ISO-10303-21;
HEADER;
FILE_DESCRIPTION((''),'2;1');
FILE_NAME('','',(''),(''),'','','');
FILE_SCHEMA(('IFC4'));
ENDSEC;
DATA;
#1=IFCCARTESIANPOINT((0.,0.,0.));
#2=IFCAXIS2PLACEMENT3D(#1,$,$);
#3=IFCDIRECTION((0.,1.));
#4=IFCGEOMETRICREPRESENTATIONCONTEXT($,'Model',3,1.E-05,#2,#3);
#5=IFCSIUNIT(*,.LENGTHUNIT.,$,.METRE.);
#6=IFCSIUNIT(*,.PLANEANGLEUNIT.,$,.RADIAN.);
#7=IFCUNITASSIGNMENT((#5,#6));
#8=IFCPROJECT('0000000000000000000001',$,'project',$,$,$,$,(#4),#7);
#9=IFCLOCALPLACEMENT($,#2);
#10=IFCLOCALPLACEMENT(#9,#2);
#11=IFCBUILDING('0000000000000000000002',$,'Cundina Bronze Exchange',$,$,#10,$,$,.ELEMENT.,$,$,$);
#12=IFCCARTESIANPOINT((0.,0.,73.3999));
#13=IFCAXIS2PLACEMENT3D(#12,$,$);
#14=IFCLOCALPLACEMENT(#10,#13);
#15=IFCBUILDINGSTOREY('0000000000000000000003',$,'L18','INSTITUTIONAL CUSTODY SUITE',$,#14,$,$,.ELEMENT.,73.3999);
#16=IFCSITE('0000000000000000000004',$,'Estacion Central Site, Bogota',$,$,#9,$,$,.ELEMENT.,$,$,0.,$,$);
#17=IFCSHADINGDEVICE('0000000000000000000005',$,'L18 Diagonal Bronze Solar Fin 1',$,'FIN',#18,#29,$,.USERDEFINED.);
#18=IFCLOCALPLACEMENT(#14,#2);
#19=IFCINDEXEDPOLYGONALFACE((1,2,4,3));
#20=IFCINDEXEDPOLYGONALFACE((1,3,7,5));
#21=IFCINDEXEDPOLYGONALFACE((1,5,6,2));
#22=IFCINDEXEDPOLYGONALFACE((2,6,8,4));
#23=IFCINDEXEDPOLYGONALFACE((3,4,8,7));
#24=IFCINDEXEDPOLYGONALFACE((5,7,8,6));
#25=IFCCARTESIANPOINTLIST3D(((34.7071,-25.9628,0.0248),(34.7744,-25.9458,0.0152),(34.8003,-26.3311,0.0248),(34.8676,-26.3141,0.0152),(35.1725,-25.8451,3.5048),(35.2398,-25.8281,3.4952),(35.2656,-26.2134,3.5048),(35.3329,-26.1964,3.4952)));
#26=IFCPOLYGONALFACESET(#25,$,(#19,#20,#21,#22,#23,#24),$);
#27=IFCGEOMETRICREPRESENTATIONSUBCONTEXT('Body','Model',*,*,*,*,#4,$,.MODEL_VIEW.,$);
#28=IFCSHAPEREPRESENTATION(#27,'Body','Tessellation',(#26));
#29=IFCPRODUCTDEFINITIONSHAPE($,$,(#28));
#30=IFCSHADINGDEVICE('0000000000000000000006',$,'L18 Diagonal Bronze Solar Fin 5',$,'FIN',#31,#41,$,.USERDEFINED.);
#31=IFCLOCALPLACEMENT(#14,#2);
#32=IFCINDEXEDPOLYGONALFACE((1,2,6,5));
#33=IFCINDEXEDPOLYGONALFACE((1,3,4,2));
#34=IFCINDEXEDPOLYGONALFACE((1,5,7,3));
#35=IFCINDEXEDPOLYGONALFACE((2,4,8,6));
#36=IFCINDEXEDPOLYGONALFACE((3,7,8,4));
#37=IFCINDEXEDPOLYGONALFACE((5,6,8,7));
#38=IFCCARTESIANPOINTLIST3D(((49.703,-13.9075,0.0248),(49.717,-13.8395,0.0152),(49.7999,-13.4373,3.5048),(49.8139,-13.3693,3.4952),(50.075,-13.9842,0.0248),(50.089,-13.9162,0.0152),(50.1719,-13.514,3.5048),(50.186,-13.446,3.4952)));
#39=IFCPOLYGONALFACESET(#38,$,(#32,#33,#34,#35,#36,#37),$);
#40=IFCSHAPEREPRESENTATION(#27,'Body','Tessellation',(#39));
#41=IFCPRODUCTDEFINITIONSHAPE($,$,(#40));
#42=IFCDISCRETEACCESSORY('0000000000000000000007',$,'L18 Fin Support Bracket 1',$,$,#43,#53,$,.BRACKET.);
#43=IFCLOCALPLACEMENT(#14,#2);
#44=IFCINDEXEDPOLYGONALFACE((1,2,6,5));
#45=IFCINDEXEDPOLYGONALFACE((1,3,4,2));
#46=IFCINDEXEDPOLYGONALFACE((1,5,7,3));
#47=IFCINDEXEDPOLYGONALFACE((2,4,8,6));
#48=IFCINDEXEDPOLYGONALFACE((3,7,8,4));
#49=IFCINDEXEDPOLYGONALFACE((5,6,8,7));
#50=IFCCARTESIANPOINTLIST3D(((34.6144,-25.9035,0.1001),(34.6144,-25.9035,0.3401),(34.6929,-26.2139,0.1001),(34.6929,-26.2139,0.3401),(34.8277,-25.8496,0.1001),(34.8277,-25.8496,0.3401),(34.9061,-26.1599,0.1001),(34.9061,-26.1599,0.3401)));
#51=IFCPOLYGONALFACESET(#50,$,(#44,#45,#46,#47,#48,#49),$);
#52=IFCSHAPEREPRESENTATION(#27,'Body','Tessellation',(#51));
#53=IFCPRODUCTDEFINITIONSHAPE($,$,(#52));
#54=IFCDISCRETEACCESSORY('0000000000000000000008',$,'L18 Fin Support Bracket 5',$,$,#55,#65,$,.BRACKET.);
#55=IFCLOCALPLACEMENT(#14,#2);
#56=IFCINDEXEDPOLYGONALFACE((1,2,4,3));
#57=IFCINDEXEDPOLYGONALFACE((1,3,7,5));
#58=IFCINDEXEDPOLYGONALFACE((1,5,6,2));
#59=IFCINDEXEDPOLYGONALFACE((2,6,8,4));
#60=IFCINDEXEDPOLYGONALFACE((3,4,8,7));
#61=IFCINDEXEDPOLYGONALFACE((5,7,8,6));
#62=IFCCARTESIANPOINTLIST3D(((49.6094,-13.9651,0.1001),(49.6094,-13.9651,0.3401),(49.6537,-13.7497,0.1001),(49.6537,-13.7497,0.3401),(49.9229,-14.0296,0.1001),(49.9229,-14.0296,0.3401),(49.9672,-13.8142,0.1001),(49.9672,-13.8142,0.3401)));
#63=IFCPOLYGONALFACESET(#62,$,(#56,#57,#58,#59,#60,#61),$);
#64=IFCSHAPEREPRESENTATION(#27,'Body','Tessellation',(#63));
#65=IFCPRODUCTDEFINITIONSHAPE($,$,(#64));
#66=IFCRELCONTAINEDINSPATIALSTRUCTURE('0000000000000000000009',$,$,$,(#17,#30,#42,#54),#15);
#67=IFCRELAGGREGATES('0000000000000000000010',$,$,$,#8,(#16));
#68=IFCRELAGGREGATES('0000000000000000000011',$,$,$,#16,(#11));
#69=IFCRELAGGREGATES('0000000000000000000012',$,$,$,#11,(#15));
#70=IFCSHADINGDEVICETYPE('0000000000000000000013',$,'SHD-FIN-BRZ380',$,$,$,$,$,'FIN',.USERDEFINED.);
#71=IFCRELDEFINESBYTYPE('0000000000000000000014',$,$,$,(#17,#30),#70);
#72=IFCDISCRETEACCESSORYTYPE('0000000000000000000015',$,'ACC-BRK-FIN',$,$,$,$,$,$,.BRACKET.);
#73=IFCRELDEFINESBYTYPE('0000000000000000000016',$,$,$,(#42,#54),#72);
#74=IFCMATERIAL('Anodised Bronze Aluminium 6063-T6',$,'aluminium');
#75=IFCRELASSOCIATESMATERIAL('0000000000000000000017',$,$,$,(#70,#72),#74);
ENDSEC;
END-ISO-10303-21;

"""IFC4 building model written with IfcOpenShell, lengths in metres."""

from ifc_helpers import new_model, si_unit, direction, frame, origin, origin_2d, place, context, subcontext, project, spatial, rectangle, extrude, material, material_profile, profile_set, type_object, element, save


model = new_model("IFC4")

# Units and contexts
model_context = context("Model", 3, precision=1e-05, world=origin(), true_north=direction((0.0, 1.0)))
body_context = subcontext(model_context, "Body", "Model", "MODEL_VIEW")
ifc_project = project(units=[si_unit("LENGTHUNIT", "METRE"), si_unit("PLANEANGLEUNIT", "RADIAN")], contexts=[model_context])

# Site, building, storey
site_placement = place(None, origin())
site = spatial("IfcSite", under=ifc_project, at=site_placement, Name="Estacion Central Site, Bogota", CompositionType="ELEMENT", RefElevation=0.0)
building_placement = place(site_placement, origin())
building = spatial("IfcBuilding", under=site, at=building_placement, Name="Cundina Bronze Exchange", CompositionType="ELEMENT")
storey_placement = place(building_placement, frame((0.0, 0.0, 73.3999)))
storey = spatial("IfcBuildingStorey", under=building, at=storey_placement, Name="L18", Description="INSTITUTIONAL CUSTODY SUITE", CompositionType="ELEMENT", Elevation=73.3999)

# Shared definitions
ifc_material_1 = material(Name="Anodised Bronze Aluminium 6063-T6", Category="aluminium")

# Shading devices
ifc_material_profile_1 = material_profile(ifc_material_1, rectangle(XDim=0.0701, YDim=0.3799, at=origin_2d()), Name="FIN70X380", Category="aluminium")
ifc_profile_set_1 = profile_set([ifc_material_profile_1], Name="Anodised Bronze Aluminium 6063-T6")
shading_device_type = type_object("IfcShadingDeviceType", Name="SHD-FIN-BRZ380", ElementType="FIN", PredefinedType="USERDEFINED", material=ifc_profile_set_1)
for number, where, z_axis, x_axis, name in (
    (1, (34.7874, -26.1384, 0.02), (0.132463, 0.033498, 0.990622), (-0.960389, -0.242868, 0.136633), "L18 Diagonal Bronze Solar Fin 1"),
    (2, (49.896, -13.9119, 0.02), (0.027591, 0.133852, 0.990617), (-0.199988, -0.97022, 0.136666), "L18 Diagonal Bronze Solar Fin 5"),
):
    element("IfcShadingDevice", number, at=place(storey_placement, frame(where, z_axis=z_axis, x_axis=x_axis)), inside=storey, type_object=shading_device_type, Name=name, ObjectType="FIN", PredefinedType="USERDEFINED", context=body_context, shape_type="SweptSolid", body=[
        extrude(rectangle(XDim=0.0701, YDim=0.3799, at=origin_2d()), origin(), (0.0, 0.0, 1.0), 3.5129),
    ])

# Discrete accessories
discrete_accessory_type = type_object("IfcDiscreteAccessoryType", Name="ACC-BRK-FIN", PredefinedType="BRACKET", material=ifc_material_1)
for number, where, z_axis, x_axis, name in (
    (3, (34.7603, -26.0317, 0.1001), (0.0, 0.0, 1.0), (0.969488, 0.245138, 0.0), "L18 Fin Support Bracket 1"),
    (4, (49.7883, -13.8896, 0.1001), (0.0, 0.0, 1.0), (0.20142, 0.979505, 0.0), "L18 Fin Support Bracket 5"),
):
    element("IfcDiscreteAccessory", number, at=place(storey_placement, frame(where, z_axis=z_axis, x_axis=x_axis)), inside=storey, type_object=discrete_accessory_type, Name=name, PredefinedType="BRACKET", context=body_context, shape_type="SweptSolid", body=[
        extrude(rectangle(XDim=0.22, YDim=0.3201, at=origin_2d()), origin(), (0.0, 0.0, 1.0), 0.24),
    ])

save(model, "model.ifc")
